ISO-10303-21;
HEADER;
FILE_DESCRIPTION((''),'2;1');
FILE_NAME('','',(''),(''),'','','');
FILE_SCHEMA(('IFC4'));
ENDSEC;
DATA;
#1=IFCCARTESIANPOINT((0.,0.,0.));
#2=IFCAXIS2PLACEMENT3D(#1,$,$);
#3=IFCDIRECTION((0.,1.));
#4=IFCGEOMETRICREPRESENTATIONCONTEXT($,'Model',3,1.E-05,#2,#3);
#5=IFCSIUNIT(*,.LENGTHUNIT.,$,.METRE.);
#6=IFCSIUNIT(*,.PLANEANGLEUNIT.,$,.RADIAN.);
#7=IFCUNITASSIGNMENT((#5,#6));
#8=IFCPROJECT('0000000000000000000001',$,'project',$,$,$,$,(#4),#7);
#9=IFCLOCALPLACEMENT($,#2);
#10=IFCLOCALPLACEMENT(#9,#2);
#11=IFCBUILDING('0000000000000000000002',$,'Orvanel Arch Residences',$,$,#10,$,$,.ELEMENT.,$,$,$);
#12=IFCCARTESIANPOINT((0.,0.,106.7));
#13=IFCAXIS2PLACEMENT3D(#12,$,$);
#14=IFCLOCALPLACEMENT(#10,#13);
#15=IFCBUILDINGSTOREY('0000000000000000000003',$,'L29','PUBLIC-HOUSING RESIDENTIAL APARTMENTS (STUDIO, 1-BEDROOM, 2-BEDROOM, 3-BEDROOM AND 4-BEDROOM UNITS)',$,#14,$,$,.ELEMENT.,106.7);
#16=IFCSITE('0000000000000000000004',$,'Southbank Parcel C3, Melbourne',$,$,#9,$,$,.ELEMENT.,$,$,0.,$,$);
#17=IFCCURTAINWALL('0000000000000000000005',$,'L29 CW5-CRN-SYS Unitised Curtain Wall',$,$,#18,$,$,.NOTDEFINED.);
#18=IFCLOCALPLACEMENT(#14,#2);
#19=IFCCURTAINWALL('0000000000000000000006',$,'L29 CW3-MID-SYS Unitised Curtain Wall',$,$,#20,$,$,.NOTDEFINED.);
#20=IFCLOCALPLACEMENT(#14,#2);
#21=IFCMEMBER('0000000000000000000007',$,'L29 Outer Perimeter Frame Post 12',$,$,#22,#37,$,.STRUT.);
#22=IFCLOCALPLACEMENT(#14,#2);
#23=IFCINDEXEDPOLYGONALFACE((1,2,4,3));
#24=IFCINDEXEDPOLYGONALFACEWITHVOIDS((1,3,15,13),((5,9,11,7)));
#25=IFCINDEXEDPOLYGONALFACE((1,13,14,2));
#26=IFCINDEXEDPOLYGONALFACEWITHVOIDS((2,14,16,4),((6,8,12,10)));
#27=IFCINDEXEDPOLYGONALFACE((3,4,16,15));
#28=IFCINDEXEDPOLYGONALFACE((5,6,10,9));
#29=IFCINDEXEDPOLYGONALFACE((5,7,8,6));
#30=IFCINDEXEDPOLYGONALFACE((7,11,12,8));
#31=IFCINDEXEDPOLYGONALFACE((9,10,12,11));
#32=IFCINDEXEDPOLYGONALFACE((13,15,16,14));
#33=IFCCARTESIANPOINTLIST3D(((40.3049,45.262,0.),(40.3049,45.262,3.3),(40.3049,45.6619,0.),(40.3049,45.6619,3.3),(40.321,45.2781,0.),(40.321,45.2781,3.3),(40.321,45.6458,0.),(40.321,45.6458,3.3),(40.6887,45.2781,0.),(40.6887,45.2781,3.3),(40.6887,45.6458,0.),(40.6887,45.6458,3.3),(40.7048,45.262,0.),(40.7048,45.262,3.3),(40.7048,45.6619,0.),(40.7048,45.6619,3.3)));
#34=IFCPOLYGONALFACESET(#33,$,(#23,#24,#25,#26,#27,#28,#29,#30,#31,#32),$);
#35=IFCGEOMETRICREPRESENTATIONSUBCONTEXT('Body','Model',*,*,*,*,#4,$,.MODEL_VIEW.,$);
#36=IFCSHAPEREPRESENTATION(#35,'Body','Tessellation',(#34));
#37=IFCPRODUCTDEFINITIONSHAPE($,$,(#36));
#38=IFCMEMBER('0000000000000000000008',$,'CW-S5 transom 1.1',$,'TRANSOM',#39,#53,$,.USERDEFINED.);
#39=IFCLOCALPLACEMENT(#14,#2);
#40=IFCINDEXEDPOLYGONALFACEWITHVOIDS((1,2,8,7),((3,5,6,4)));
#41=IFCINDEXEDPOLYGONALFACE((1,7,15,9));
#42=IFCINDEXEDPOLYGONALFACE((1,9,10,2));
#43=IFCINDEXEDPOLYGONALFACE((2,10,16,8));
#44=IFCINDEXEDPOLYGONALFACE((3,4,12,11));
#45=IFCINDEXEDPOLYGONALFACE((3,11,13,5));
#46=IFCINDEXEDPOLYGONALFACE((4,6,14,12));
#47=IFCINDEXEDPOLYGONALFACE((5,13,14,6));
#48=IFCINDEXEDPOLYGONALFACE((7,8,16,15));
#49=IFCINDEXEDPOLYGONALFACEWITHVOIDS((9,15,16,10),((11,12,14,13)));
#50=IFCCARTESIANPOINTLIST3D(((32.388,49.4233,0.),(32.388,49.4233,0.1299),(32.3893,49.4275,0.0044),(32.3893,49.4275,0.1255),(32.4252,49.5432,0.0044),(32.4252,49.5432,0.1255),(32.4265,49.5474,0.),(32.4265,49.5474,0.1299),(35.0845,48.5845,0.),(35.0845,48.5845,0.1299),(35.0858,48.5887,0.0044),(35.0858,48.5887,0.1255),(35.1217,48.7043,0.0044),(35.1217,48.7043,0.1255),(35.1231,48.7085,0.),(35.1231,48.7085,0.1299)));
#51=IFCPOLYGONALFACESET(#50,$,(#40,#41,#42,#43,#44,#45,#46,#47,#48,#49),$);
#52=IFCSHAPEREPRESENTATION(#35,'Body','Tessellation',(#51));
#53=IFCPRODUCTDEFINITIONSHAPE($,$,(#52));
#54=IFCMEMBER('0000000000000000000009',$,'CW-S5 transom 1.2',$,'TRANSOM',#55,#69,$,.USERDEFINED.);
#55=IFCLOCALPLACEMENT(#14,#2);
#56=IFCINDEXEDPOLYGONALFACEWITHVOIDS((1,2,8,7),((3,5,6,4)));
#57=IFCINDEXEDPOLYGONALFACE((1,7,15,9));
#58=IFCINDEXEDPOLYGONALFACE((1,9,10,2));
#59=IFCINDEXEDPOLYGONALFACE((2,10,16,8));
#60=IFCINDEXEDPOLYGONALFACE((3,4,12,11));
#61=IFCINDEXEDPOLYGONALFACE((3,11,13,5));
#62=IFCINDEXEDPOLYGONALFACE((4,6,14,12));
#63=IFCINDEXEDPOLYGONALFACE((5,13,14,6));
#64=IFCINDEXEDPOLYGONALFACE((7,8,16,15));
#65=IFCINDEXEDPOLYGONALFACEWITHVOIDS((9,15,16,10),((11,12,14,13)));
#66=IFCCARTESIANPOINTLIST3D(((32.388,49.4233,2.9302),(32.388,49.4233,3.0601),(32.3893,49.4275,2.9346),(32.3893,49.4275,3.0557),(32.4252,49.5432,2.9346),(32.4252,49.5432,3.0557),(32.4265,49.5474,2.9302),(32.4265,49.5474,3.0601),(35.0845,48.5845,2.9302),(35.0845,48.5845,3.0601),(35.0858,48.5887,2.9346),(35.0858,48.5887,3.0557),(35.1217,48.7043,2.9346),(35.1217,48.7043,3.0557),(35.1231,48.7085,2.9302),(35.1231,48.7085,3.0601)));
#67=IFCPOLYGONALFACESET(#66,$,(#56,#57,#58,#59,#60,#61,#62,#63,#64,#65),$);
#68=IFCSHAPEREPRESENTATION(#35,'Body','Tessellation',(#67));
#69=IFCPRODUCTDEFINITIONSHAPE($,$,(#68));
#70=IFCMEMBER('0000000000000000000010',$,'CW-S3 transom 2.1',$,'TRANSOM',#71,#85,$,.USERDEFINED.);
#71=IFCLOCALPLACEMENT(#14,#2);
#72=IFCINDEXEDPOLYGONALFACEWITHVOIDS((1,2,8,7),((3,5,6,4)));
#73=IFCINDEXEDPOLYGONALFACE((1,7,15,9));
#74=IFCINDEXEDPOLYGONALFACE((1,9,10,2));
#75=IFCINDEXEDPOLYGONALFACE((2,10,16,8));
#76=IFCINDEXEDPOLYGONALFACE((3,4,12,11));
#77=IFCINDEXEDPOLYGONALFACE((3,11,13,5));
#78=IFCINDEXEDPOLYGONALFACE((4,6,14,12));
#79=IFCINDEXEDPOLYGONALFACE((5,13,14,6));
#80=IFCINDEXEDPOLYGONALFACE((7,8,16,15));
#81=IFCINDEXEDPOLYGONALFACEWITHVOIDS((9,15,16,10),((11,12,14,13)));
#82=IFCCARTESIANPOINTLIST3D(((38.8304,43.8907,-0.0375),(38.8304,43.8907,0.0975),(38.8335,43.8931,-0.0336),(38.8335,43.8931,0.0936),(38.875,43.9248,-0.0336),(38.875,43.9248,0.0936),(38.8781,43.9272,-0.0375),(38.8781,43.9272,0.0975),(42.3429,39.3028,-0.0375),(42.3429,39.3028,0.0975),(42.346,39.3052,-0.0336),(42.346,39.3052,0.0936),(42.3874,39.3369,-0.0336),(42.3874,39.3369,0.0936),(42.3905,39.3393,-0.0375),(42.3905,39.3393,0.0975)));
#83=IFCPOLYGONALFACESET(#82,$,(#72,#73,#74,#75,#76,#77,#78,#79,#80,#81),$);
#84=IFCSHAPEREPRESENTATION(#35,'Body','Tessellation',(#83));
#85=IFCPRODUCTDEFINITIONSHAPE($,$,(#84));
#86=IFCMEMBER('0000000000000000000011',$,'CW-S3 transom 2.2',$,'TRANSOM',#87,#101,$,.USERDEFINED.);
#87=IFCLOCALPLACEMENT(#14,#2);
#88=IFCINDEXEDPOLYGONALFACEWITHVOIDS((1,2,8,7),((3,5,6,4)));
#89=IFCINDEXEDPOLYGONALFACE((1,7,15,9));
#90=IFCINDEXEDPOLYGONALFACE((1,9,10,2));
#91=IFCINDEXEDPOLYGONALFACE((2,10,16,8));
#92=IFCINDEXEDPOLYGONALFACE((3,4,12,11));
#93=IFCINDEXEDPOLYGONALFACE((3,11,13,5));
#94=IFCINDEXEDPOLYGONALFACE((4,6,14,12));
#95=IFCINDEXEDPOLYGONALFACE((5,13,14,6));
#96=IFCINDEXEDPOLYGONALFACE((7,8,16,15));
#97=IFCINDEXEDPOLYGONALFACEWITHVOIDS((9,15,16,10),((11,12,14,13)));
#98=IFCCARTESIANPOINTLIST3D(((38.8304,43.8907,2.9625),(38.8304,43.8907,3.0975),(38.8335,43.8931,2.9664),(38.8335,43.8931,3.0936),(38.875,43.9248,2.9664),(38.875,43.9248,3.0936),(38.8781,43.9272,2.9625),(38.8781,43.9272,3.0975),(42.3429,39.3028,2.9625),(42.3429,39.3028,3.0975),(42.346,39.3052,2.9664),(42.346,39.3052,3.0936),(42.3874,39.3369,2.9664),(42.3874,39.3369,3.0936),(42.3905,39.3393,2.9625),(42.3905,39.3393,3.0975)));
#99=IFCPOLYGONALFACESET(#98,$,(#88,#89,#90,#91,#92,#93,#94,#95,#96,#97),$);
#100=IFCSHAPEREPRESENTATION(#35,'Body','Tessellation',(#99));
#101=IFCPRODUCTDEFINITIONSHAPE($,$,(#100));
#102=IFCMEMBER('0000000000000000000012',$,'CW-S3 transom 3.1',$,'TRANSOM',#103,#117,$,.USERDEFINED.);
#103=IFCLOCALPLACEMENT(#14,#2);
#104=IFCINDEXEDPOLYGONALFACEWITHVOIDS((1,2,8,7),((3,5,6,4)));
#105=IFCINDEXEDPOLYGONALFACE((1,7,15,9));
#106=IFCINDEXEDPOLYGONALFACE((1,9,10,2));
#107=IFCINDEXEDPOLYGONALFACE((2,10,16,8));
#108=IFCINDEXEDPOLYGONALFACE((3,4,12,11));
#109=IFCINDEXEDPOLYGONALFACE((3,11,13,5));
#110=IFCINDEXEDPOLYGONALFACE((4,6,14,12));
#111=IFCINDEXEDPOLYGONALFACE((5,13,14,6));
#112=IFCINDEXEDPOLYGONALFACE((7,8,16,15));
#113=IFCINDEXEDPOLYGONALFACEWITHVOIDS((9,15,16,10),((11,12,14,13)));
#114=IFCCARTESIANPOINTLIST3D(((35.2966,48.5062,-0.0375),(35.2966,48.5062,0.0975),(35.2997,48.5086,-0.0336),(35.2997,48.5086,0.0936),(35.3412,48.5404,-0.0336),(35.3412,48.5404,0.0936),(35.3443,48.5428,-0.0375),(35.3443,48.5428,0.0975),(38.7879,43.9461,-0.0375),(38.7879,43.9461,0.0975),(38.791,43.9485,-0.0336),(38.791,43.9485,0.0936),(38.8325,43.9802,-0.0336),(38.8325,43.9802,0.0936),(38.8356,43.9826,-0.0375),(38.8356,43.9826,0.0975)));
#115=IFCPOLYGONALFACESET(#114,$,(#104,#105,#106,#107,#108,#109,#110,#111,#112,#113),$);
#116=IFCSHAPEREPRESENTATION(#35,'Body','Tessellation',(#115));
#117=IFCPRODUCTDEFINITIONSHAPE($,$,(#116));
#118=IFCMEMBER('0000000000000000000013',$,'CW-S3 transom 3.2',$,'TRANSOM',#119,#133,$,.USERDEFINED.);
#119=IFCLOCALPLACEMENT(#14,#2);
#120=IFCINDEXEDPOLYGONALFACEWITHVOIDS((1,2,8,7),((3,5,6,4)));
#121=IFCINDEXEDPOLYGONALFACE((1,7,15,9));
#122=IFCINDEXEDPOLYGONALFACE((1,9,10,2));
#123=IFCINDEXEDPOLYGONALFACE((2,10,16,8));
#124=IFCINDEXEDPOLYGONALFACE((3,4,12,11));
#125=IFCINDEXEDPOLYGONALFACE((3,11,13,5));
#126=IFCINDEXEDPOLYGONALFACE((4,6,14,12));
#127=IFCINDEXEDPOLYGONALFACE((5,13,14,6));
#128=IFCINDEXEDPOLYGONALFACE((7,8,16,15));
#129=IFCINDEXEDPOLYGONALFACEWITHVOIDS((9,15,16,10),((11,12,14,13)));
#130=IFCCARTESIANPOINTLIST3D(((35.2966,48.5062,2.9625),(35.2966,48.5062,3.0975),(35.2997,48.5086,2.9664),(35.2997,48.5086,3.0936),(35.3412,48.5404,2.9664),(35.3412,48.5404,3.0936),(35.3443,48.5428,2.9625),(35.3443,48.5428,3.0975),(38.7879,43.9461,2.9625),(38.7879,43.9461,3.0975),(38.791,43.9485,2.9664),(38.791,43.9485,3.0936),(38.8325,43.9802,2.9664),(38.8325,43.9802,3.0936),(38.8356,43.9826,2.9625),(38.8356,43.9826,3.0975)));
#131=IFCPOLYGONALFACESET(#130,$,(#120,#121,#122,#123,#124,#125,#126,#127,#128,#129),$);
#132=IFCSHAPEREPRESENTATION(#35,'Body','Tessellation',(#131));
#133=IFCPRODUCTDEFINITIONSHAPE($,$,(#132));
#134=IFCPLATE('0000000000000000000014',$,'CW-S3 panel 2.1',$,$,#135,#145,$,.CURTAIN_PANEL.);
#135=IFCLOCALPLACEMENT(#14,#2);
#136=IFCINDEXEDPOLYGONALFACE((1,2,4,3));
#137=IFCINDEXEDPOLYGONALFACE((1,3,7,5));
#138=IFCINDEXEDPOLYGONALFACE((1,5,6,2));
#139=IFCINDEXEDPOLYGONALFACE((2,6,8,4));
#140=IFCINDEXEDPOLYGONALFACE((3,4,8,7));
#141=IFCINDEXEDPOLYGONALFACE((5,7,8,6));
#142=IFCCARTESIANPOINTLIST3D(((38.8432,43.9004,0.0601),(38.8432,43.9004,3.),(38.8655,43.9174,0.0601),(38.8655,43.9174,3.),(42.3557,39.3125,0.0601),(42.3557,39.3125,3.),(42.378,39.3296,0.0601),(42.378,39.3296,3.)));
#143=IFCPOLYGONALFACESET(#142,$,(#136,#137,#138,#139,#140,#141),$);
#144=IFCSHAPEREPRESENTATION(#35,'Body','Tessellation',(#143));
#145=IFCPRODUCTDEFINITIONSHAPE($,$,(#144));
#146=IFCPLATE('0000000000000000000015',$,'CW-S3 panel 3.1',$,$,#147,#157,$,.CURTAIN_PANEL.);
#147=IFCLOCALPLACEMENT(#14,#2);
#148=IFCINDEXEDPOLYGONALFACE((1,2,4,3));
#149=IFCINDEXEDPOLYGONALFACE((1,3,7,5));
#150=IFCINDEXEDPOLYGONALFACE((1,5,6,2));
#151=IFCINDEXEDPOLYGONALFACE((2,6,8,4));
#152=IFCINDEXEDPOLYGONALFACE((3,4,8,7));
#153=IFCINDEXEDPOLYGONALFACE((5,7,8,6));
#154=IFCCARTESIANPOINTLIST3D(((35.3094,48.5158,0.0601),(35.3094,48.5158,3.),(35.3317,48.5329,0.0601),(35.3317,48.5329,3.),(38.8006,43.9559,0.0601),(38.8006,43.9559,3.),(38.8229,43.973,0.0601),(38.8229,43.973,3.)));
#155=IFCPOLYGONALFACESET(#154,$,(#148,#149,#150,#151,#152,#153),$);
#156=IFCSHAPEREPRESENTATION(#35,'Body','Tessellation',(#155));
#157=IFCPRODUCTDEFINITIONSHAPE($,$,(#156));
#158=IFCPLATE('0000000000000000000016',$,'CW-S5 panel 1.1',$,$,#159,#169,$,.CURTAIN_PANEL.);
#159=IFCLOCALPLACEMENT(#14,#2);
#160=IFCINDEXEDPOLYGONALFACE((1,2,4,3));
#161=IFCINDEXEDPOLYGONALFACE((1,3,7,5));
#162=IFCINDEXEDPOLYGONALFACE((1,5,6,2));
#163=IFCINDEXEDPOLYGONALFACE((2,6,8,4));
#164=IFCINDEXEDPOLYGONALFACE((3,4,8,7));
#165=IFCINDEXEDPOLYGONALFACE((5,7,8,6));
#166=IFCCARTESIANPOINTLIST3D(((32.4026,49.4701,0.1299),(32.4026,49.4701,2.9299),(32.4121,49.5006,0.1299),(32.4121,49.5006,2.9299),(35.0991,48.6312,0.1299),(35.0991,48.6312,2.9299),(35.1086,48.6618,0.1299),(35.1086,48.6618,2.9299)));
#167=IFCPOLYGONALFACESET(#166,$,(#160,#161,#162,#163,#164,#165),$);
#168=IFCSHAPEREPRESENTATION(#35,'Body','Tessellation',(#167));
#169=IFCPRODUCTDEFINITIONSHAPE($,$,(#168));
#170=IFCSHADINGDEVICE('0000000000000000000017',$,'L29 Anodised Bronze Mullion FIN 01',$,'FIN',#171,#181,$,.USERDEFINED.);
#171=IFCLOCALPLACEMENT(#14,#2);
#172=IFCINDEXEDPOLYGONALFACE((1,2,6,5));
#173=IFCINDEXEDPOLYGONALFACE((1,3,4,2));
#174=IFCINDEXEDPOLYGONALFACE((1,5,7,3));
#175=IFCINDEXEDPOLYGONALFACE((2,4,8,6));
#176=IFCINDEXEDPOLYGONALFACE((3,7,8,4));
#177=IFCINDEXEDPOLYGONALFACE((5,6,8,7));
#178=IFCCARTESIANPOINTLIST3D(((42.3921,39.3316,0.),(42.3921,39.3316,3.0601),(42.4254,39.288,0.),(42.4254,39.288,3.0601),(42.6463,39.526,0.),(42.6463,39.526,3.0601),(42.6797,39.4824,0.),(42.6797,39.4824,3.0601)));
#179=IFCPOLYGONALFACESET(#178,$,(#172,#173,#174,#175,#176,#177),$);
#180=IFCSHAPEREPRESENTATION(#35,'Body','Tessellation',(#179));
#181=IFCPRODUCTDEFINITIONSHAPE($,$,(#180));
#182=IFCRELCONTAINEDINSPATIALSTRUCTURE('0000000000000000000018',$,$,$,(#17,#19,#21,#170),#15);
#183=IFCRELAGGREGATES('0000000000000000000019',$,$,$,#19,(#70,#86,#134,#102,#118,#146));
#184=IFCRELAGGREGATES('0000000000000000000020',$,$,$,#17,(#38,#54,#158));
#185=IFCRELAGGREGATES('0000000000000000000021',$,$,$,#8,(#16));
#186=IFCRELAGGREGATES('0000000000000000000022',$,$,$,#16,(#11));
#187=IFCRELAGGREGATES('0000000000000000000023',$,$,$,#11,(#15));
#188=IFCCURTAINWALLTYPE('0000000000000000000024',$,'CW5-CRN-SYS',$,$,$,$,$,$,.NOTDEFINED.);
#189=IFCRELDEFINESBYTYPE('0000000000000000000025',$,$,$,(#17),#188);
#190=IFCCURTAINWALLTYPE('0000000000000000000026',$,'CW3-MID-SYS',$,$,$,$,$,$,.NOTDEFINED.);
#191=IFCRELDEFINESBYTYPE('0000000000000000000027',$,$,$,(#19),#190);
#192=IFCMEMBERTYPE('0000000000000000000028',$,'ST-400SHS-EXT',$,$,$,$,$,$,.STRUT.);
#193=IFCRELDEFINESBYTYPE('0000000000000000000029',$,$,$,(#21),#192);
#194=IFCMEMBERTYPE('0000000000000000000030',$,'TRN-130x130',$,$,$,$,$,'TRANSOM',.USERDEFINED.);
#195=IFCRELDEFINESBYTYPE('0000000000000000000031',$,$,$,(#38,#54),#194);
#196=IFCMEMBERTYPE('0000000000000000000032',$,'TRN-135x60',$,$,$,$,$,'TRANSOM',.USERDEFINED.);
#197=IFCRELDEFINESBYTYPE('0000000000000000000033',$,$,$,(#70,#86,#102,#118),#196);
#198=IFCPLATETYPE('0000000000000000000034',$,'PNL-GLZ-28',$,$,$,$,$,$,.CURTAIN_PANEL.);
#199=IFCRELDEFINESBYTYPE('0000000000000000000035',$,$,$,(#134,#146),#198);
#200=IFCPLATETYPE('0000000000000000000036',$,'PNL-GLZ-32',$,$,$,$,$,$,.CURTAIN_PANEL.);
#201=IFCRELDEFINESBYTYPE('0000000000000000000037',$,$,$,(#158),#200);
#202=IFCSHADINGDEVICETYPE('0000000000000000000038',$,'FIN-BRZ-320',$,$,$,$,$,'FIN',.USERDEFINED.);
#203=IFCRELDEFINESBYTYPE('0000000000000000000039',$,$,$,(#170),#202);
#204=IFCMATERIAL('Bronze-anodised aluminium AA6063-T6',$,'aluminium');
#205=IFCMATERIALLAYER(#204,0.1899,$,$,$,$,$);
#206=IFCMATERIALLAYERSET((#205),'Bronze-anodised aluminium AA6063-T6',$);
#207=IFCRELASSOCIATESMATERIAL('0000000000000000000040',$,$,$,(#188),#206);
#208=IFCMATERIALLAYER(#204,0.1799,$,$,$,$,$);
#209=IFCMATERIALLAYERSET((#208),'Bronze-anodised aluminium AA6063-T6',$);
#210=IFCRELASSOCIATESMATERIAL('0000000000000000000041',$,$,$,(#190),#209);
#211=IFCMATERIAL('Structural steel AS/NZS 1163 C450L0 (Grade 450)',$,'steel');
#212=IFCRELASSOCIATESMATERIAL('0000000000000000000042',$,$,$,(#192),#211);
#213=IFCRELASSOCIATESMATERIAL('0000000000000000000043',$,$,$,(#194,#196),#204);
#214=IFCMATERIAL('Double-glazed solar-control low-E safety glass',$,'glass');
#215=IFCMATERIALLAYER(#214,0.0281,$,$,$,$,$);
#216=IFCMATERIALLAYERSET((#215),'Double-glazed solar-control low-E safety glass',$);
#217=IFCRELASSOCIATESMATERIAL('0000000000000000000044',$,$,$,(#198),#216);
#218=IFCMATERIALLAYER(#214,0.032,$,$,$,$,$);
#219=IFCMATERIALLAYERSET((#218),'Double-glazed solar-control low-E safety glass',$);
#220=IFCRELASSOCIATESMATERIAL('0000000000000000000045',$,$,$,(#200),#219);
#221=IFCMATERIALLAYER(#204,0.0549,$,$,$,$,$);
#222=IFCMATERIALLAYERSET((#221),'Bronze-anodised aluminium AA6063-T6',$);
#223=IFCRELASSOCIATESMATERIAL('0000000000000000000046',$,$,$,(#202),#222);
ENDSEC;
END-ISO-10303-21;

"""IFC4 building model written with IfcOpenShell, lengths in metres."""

from ifc_helpers import new_model, si_unit, direction, frame, origin, origin_2d, place, context, subcontext, project, spatial, rectangle, hollow_rectangle, extrude, material, layer, layer_set, material_profile, profile_set, type_object, element, aggregate, save


model = new_model("IFC4")

# Units and contexts
model_context = context("Model", 3, precision=1e-05, world=origin(), true_north=direction((0.0, 1.0)))
body_context = subcontext(model_context, "Body", "Model", "MODEL_VIEW")
ifc_project = project(units=[si_unit("LENGTHUNIT", "METRE"), si_unit("PLANEANGLEUNIT", "RADIAN")], contexts=[model_context])

# Site, building, storey
site_placement = place(None, origin())
site = spatial("IfcSite", under=ifc_project, at=site_placement, Name="Southbank Parcel C3, Melbourne", CompositionType="ELEMENT", RefElevation=0.0)
building_placement = place(site_placement, origin())
building = spatial("IfcBuilding", under=site, at=building_placement, Name="Orvanel Arch Residences", CompositionType="ELEMENT")
storey_placement = place(building_placement, frame((0.0, 0.0, 106.7)))
storey = spatial("IfcBuildingStorey", under=building, at=storey_placement, Name="L29", Description="PUBLIC-HOUSING RESIDENTIAL APARTMENTS (STUDIO, 1-BEDROOM, 2-BEDROOM, 3-BEDROOM AND 4-BEDROOM UNITS)", CompositionType="ELEMENT", Elevation=106.7)

# Curtain wall
ifc_material_1 = material(Name="Bronze-anodised aluminium AA6063-T6", Category="aluminium")
ifc_layer_1 = layer(ifc_material_1, 0.1899)
ifc_layer_set_1 = layer_set([ifc_layer_1], Name="Bronze-anodised aluminium AA6063-T6")
curtain_wall_type_1 = type_object("IfcCurtainWallType", Name="CW5-CRN-SYS", PredefinedType="NOTDEFINED", material=ifc_layer_set_1)
curtain_wall_1_placement = place(storey_placement, origin())
curtain_wall_1 = element("IfcCurtainWall", 1, at=curtain_wall_1_placement, inside=storey, type_object=curtain_wall_type_1, Name="L29 CW5-CRN-SYS Unitised Curtain Wall", PredefinedType="NOTDEFINED")

# Curtain wall
ifc_layer_2 = layer(ifc_material_1, 0.1799)
ifc_layer_set_2 = layer_set([ifc_layer_2], Name="Bronze-anodised aluminium AA6063-T6")
curtain_wall_type_2 = type_object("IfcCurtainWallType", Name="CW3-MID-SYS", PredefinedType="NOTDEFINED", material=ifc_layer_set_2)
curtain_wall_2_placement = place(storey_placement, origin())
curtain_wall_2 = element("IfcCurtainWall", 2, at=curtain_wall_2_placement, inside=storey, type_object=curtain_wall_type_2, Name="L29 CW3-MID-SYS Unitised Curtain Wall", PredefinedType="NOTDEFINED")

# Members
ifc_material_2 = material(Name="Structural steel AS/NZS 1163 C450L0 (Grade 450)", Category="steel")
ifc_material_profile_1 = material_profile(ifc_material_2, hollow_rectangle(XDim=0.3999, YDim=0.3999, WallThickness=0.0161, at=origin_2d()), Name="SHS400x400x16")
ifc_profile_set_1 = profile_set([ifc_material_profile_1], Name="Structural steel AS/NZS 1163 C450L0 (Grade 450)")
member_type_1 = type_object("IfcMemberType", Name="ST-400SHS-EXT", PredefinedType="STRUT", material=ifc_profile_set_1)
member_1_placement = place(storey_placement, frame((40.5049, 45.4619, 0.0), z_axis=(0.0, 0.0, 1.0), x_axis=(1.0, 0.0, 0.0)))
element("IfcMember", 3, at=member_1_placement, inside=storey, type_object=member_type_1, Name="L29 Outer Perimeter Frame Post 12", PredefinedType="STRUT", context=body_context, shape_type="SweptSolid", body=[
    extrude(hollow_rectangle(XDim=0.3999, YDim=0.3999, WallThickness=0.0161, at=origin_2d()), origin(), (0.0, 0.0, 1.0), 3.3),
])
ifc_material_profile_2 = material_profile(ifc_material_1, hollow_rectangle(XDim=0.1299, YDim=0.1299, WallThickness=0.0044, at=origin_2d()), Name="ALU130x130x4.5")
ifc_profile_set_2 = profile_set([ifc_material_profile_2], Name="Bronze-anodised aluminium AA6063-T6")
member_type_2 = type_object("IfcMemberType", Name="TRN-130x130", ElementType="TRANSOM", PredefinedType="USERDEFINED", material=ifc_profile_set_2)
member_2_placement = place(storey_placement, frame((35.1038, 48.6465, 0.0649), z_axis=(-0.954862, 0.297049, 0.0), x_axis=(-0.297049, -0.954862, 0.0)))
member_2 = element("IfcMember", 4, at=member_2_placement, type_object=member_type_2, Name="CW-S5 transom 1.1", ObjectType="TRANSOM", PredefinedType="USERDEFINED", context=body_context, shape_type="SweptSolid", body=[
    extrude(hollow_rectangle(XDim=0.1299, YDim=0.1299, WallThickness=0.0044, at=origin_2d()), origin(), (0.0, 0.0, 1.0), 2.824),
])
member_3_placement = place(storey_placement, frame((35.1038, 48.6465, 2.9951), z_axis=(-0.954862, 0.297049, 0.0), x_axis=(-0.297049, -0.954862, 0.0)))
member_3 = element("IfcMember", 5, at=member_3_placement, type_object=member_type_2, Name="CW-S5 transom 1.2", ObjectType="TRANSOM", PredefinedType="USERDEFINED", context=body_context, shape_type="SweptSolid", body=[
    extrude(hollow_rectangle(XDim=0.1299, YDim=0.1299, WallThickness=0.0044, at=origin_2d()), origin(), (0.0, 0.0, 1.0), 2.824),
])
ifc_material_profile_3 = material_profile(ifc_material_1, hollow_rectangle(XDim=0.0601, YDim=0.135, WallThickness=0.0039, at=origin_2d()), Name="ALU135x60x4")
ifc_profile_set_3 = profile_set([ifc_material_profile_3], Name="Bronze-anodised aluminium AA6063-T6")
member_type_3 = type_object("IfcMemberType", Name="TRN-135x60", ElementType="TRANSOM", PredefinedType="USERDEFINED", material=ifc_profile_set_3)
member_4_placement = place(storey_placement, frame((42.3667, 39.321, 0.03), z_axis=(-0.607894, 0.794018, 0.0), x_axis=(-0.794018, -0.607894, 0.0)))
member_4 = element("IfcMember", 6, at=member_4_placement, type_object=member_type_3, Name="CW-S3 transom 2.1", ObjectType="TRANSOM", PredefinedType="USERDEFINED", context=body_context, shape_type="SweptSolid", body=[
    extrude(hollow_rectangle(XDim=0.0601, YDim=0.135, WallThickness=0.0039, at=origin_2d()), origin(), (0.0, 0.0, 1.0), 5.7781),
])
member_5_placement = place(storey_placement, frame((42.3667, 39.321, 3.03), z_axis=(-0.607894, 0.794018, 0.0), x_axis=(-0.794018, -0.607894, 0.0)))
member_5 = element("IfcMember", 7, at=member_5_placement, type_object=member_type_3, Name="CW-S3 transom 2.2", ObjectType="TRANSOM", PredefinedType="USERDEFINED", context=body_context, shape_type="SweptSolid", body=[
    extrude(hollow_rectangle(XDim=0.0601, YDim=0.135, WallThickness=0.0039, at=origin_2d()), origin(), (0.0, 0.0, 1.0), 5.7781),
])
member_6_placement = place(storey_placement, frame((38.8118, 43.9644, 0.03), z_axis=(-0.607901, 0.794013, 0.0), x_axis=(-0.794013, -0.607901, 0.0)))
member_6 = element("IfcMember", 8, at=member_6_placement, type_object=member_type_3, Name="CW-S3 transom 3.1", ObjectType="TRANSOM", PredefinedType="USERDEFINED", context=body_context, shape_type="SweptSolid", body=[
    extrude(hollow_rectangle(XDim=0.0601, YDim=0.135, WallThickness=0.0039, at=origin_2d()), origin(), (0.0, 0.0, 1.0), 5.7432),
])
member_7_placement = place(storey_placement, frame((38.8118, 43.9644, 3.03), z_axis=(-0.607901, 0.794013, 0.0), x_axis=(-0.794013, -0.607901, 0.0)))
member_7 = element("IfcMember", 9, at=member_7_placement, type_object=member_type_3, Name="CW-S3 transom 3.2", ObjectType="TRANSOM", PredefinedType="USERDEFINED", context=body_context, shape_type="SweptSolid", body=[
    extrude(hollow_rectangle(XDim=0.0601, YDim=0.135, WallThickness=0.0039, at=origin_2d()), origin(), (0.0, 0.0, 1.0), 5.7432),
])

# Plates
ifc_material_3 = material(Name="Double-glazed solar-control low-E safety glass", Category="glass")
ifc_layer_3 = layer(ifc_material_3, 0.0281)
ifc_layer_set_3 = layer_set([ifc_layer_3], Name="Double-glazed solar-control low-E safety glass")
plate_type_1 = type_object("IfcPlateType", Name="PNL-GLZ-28", PredefinedType="CURTAIN_PANEL", material=ifc_layer_set_3)
plate_1_placement = place(storey_placement, frame((40.6106, 41.615, 0.0601), z_axis=(0.0, 0.0, 1.0), x_axis=(-0.607905, 0.79401, 0.0)))
plate_1 = element("IfcPlate", 10, at=plate_1_placement, type_object=plate_type_1, Name="CW-S3 panel 2.1", PredefinedType="CURTAIN_PANEL", context=body_context, shape_type="SweptSolid", body=[
    extrude(rectangle(XDim=5.7781, YDim=0.0281, at=origin_2d()), origin(), (0.0, 0.0, 1.0), 2.9399),
])
plate_2_placement = place(storey_placement, frame((37.0662, 46.2444, 0.0601), z_axis=(0.0, 0.0, 1.0), x_axis=(-0.607905, 0.79401, 0.0)))
plate_2 = element("IfcPlate", 11, at=plate_2_placement, type_object=plate_type_1, Name="CW-S3 panel 3.1", PredefinedType="CURTAIN_PANEL", context=body_context, shape_type="SweptSolid", body=[
    extrude(rectangle(XDim=5.7429, YDim=0.0281, at=origin_2d()), origin(), (0.0, 0.0, 1.0), 2.9399),
])
aggregate(curtain_wall_2, [member_4, member_5, plate_1, member_6, member_7, plate_2])
ifc_layer_4 = layer(ifc_material_3, 0.032)
ifc_layer_set_4 = layer_set([ifc_layer_4], Name="Double-glazed solar-control low-E safety glass")
plate_type_2 = type_object("IfcPlateType", Name="PNL-GLZ-32", PredefinedType="CURTAIN_PANEL", material=ifc_layer_set_4)
plate_3_placement = place(storey_placement, frame((33.7556, 49.0659, 0.1299), z_axis=(0.0, 0.0, 1.0), x_axis=(-0.954861, 0.297054, 0.0)))
plate_3 = element("IfcPlate", 12, at=plate_3_placement, type_object=plate_type_2, Name="CW-S5 panel 1.1", PredefinedType="CURTAIN_PANEL", context=body_context, shape_type="SweptSolid", body=[
    extrude(rectangle(XDim=2.824, YDim=0.032, at=origin_2d()), origin(), (0.0, 0.0, 1.0), 2.8),
])
aggregate(curtain_wall_1, [member_2, member_3, plate_3])

# Shading device
ifc_layer_5 = layer(ifc_material_1, 0.0549)
ifc_layer_set_5 = layer_set([ifc_layer_5], Name="Bronze-anodised aluminium AA6063-T6")
shading_device_type = type_object("IfcShadingDeviceType", Name="FIN-BRZ-320", ElementType="FIN", PredefinedType="USERDEFINED", material=ifc_layer_set_5)
for number, where, z_axis, x_axis, name in (
    (13, (42.5359, 39.407, 0.0), (0.0, 0.0, 1.0), (0.794415, 0.607376, 0.0), "L29 Anodised Bronze Mullion FIN 01"),
):
    element("IfcShadingDevice", number, at=place(storey_placement, frame(where, z_axis=z_axis, x_axis=x_axis)), inside=storey, type_object=shading_device_type, Name=name, ObjectType="FIN", PredefinedType="USERDEFINED", context=body_context, shape_type="SweptSolid", body=[
        extrude(rectangle(XDim=0.3201, YDim=0.0549, at=origin_2d()), origin(), (0.0, 0.0, 1.0), 3.0601),
    ])

save(model, "model.ifc")
